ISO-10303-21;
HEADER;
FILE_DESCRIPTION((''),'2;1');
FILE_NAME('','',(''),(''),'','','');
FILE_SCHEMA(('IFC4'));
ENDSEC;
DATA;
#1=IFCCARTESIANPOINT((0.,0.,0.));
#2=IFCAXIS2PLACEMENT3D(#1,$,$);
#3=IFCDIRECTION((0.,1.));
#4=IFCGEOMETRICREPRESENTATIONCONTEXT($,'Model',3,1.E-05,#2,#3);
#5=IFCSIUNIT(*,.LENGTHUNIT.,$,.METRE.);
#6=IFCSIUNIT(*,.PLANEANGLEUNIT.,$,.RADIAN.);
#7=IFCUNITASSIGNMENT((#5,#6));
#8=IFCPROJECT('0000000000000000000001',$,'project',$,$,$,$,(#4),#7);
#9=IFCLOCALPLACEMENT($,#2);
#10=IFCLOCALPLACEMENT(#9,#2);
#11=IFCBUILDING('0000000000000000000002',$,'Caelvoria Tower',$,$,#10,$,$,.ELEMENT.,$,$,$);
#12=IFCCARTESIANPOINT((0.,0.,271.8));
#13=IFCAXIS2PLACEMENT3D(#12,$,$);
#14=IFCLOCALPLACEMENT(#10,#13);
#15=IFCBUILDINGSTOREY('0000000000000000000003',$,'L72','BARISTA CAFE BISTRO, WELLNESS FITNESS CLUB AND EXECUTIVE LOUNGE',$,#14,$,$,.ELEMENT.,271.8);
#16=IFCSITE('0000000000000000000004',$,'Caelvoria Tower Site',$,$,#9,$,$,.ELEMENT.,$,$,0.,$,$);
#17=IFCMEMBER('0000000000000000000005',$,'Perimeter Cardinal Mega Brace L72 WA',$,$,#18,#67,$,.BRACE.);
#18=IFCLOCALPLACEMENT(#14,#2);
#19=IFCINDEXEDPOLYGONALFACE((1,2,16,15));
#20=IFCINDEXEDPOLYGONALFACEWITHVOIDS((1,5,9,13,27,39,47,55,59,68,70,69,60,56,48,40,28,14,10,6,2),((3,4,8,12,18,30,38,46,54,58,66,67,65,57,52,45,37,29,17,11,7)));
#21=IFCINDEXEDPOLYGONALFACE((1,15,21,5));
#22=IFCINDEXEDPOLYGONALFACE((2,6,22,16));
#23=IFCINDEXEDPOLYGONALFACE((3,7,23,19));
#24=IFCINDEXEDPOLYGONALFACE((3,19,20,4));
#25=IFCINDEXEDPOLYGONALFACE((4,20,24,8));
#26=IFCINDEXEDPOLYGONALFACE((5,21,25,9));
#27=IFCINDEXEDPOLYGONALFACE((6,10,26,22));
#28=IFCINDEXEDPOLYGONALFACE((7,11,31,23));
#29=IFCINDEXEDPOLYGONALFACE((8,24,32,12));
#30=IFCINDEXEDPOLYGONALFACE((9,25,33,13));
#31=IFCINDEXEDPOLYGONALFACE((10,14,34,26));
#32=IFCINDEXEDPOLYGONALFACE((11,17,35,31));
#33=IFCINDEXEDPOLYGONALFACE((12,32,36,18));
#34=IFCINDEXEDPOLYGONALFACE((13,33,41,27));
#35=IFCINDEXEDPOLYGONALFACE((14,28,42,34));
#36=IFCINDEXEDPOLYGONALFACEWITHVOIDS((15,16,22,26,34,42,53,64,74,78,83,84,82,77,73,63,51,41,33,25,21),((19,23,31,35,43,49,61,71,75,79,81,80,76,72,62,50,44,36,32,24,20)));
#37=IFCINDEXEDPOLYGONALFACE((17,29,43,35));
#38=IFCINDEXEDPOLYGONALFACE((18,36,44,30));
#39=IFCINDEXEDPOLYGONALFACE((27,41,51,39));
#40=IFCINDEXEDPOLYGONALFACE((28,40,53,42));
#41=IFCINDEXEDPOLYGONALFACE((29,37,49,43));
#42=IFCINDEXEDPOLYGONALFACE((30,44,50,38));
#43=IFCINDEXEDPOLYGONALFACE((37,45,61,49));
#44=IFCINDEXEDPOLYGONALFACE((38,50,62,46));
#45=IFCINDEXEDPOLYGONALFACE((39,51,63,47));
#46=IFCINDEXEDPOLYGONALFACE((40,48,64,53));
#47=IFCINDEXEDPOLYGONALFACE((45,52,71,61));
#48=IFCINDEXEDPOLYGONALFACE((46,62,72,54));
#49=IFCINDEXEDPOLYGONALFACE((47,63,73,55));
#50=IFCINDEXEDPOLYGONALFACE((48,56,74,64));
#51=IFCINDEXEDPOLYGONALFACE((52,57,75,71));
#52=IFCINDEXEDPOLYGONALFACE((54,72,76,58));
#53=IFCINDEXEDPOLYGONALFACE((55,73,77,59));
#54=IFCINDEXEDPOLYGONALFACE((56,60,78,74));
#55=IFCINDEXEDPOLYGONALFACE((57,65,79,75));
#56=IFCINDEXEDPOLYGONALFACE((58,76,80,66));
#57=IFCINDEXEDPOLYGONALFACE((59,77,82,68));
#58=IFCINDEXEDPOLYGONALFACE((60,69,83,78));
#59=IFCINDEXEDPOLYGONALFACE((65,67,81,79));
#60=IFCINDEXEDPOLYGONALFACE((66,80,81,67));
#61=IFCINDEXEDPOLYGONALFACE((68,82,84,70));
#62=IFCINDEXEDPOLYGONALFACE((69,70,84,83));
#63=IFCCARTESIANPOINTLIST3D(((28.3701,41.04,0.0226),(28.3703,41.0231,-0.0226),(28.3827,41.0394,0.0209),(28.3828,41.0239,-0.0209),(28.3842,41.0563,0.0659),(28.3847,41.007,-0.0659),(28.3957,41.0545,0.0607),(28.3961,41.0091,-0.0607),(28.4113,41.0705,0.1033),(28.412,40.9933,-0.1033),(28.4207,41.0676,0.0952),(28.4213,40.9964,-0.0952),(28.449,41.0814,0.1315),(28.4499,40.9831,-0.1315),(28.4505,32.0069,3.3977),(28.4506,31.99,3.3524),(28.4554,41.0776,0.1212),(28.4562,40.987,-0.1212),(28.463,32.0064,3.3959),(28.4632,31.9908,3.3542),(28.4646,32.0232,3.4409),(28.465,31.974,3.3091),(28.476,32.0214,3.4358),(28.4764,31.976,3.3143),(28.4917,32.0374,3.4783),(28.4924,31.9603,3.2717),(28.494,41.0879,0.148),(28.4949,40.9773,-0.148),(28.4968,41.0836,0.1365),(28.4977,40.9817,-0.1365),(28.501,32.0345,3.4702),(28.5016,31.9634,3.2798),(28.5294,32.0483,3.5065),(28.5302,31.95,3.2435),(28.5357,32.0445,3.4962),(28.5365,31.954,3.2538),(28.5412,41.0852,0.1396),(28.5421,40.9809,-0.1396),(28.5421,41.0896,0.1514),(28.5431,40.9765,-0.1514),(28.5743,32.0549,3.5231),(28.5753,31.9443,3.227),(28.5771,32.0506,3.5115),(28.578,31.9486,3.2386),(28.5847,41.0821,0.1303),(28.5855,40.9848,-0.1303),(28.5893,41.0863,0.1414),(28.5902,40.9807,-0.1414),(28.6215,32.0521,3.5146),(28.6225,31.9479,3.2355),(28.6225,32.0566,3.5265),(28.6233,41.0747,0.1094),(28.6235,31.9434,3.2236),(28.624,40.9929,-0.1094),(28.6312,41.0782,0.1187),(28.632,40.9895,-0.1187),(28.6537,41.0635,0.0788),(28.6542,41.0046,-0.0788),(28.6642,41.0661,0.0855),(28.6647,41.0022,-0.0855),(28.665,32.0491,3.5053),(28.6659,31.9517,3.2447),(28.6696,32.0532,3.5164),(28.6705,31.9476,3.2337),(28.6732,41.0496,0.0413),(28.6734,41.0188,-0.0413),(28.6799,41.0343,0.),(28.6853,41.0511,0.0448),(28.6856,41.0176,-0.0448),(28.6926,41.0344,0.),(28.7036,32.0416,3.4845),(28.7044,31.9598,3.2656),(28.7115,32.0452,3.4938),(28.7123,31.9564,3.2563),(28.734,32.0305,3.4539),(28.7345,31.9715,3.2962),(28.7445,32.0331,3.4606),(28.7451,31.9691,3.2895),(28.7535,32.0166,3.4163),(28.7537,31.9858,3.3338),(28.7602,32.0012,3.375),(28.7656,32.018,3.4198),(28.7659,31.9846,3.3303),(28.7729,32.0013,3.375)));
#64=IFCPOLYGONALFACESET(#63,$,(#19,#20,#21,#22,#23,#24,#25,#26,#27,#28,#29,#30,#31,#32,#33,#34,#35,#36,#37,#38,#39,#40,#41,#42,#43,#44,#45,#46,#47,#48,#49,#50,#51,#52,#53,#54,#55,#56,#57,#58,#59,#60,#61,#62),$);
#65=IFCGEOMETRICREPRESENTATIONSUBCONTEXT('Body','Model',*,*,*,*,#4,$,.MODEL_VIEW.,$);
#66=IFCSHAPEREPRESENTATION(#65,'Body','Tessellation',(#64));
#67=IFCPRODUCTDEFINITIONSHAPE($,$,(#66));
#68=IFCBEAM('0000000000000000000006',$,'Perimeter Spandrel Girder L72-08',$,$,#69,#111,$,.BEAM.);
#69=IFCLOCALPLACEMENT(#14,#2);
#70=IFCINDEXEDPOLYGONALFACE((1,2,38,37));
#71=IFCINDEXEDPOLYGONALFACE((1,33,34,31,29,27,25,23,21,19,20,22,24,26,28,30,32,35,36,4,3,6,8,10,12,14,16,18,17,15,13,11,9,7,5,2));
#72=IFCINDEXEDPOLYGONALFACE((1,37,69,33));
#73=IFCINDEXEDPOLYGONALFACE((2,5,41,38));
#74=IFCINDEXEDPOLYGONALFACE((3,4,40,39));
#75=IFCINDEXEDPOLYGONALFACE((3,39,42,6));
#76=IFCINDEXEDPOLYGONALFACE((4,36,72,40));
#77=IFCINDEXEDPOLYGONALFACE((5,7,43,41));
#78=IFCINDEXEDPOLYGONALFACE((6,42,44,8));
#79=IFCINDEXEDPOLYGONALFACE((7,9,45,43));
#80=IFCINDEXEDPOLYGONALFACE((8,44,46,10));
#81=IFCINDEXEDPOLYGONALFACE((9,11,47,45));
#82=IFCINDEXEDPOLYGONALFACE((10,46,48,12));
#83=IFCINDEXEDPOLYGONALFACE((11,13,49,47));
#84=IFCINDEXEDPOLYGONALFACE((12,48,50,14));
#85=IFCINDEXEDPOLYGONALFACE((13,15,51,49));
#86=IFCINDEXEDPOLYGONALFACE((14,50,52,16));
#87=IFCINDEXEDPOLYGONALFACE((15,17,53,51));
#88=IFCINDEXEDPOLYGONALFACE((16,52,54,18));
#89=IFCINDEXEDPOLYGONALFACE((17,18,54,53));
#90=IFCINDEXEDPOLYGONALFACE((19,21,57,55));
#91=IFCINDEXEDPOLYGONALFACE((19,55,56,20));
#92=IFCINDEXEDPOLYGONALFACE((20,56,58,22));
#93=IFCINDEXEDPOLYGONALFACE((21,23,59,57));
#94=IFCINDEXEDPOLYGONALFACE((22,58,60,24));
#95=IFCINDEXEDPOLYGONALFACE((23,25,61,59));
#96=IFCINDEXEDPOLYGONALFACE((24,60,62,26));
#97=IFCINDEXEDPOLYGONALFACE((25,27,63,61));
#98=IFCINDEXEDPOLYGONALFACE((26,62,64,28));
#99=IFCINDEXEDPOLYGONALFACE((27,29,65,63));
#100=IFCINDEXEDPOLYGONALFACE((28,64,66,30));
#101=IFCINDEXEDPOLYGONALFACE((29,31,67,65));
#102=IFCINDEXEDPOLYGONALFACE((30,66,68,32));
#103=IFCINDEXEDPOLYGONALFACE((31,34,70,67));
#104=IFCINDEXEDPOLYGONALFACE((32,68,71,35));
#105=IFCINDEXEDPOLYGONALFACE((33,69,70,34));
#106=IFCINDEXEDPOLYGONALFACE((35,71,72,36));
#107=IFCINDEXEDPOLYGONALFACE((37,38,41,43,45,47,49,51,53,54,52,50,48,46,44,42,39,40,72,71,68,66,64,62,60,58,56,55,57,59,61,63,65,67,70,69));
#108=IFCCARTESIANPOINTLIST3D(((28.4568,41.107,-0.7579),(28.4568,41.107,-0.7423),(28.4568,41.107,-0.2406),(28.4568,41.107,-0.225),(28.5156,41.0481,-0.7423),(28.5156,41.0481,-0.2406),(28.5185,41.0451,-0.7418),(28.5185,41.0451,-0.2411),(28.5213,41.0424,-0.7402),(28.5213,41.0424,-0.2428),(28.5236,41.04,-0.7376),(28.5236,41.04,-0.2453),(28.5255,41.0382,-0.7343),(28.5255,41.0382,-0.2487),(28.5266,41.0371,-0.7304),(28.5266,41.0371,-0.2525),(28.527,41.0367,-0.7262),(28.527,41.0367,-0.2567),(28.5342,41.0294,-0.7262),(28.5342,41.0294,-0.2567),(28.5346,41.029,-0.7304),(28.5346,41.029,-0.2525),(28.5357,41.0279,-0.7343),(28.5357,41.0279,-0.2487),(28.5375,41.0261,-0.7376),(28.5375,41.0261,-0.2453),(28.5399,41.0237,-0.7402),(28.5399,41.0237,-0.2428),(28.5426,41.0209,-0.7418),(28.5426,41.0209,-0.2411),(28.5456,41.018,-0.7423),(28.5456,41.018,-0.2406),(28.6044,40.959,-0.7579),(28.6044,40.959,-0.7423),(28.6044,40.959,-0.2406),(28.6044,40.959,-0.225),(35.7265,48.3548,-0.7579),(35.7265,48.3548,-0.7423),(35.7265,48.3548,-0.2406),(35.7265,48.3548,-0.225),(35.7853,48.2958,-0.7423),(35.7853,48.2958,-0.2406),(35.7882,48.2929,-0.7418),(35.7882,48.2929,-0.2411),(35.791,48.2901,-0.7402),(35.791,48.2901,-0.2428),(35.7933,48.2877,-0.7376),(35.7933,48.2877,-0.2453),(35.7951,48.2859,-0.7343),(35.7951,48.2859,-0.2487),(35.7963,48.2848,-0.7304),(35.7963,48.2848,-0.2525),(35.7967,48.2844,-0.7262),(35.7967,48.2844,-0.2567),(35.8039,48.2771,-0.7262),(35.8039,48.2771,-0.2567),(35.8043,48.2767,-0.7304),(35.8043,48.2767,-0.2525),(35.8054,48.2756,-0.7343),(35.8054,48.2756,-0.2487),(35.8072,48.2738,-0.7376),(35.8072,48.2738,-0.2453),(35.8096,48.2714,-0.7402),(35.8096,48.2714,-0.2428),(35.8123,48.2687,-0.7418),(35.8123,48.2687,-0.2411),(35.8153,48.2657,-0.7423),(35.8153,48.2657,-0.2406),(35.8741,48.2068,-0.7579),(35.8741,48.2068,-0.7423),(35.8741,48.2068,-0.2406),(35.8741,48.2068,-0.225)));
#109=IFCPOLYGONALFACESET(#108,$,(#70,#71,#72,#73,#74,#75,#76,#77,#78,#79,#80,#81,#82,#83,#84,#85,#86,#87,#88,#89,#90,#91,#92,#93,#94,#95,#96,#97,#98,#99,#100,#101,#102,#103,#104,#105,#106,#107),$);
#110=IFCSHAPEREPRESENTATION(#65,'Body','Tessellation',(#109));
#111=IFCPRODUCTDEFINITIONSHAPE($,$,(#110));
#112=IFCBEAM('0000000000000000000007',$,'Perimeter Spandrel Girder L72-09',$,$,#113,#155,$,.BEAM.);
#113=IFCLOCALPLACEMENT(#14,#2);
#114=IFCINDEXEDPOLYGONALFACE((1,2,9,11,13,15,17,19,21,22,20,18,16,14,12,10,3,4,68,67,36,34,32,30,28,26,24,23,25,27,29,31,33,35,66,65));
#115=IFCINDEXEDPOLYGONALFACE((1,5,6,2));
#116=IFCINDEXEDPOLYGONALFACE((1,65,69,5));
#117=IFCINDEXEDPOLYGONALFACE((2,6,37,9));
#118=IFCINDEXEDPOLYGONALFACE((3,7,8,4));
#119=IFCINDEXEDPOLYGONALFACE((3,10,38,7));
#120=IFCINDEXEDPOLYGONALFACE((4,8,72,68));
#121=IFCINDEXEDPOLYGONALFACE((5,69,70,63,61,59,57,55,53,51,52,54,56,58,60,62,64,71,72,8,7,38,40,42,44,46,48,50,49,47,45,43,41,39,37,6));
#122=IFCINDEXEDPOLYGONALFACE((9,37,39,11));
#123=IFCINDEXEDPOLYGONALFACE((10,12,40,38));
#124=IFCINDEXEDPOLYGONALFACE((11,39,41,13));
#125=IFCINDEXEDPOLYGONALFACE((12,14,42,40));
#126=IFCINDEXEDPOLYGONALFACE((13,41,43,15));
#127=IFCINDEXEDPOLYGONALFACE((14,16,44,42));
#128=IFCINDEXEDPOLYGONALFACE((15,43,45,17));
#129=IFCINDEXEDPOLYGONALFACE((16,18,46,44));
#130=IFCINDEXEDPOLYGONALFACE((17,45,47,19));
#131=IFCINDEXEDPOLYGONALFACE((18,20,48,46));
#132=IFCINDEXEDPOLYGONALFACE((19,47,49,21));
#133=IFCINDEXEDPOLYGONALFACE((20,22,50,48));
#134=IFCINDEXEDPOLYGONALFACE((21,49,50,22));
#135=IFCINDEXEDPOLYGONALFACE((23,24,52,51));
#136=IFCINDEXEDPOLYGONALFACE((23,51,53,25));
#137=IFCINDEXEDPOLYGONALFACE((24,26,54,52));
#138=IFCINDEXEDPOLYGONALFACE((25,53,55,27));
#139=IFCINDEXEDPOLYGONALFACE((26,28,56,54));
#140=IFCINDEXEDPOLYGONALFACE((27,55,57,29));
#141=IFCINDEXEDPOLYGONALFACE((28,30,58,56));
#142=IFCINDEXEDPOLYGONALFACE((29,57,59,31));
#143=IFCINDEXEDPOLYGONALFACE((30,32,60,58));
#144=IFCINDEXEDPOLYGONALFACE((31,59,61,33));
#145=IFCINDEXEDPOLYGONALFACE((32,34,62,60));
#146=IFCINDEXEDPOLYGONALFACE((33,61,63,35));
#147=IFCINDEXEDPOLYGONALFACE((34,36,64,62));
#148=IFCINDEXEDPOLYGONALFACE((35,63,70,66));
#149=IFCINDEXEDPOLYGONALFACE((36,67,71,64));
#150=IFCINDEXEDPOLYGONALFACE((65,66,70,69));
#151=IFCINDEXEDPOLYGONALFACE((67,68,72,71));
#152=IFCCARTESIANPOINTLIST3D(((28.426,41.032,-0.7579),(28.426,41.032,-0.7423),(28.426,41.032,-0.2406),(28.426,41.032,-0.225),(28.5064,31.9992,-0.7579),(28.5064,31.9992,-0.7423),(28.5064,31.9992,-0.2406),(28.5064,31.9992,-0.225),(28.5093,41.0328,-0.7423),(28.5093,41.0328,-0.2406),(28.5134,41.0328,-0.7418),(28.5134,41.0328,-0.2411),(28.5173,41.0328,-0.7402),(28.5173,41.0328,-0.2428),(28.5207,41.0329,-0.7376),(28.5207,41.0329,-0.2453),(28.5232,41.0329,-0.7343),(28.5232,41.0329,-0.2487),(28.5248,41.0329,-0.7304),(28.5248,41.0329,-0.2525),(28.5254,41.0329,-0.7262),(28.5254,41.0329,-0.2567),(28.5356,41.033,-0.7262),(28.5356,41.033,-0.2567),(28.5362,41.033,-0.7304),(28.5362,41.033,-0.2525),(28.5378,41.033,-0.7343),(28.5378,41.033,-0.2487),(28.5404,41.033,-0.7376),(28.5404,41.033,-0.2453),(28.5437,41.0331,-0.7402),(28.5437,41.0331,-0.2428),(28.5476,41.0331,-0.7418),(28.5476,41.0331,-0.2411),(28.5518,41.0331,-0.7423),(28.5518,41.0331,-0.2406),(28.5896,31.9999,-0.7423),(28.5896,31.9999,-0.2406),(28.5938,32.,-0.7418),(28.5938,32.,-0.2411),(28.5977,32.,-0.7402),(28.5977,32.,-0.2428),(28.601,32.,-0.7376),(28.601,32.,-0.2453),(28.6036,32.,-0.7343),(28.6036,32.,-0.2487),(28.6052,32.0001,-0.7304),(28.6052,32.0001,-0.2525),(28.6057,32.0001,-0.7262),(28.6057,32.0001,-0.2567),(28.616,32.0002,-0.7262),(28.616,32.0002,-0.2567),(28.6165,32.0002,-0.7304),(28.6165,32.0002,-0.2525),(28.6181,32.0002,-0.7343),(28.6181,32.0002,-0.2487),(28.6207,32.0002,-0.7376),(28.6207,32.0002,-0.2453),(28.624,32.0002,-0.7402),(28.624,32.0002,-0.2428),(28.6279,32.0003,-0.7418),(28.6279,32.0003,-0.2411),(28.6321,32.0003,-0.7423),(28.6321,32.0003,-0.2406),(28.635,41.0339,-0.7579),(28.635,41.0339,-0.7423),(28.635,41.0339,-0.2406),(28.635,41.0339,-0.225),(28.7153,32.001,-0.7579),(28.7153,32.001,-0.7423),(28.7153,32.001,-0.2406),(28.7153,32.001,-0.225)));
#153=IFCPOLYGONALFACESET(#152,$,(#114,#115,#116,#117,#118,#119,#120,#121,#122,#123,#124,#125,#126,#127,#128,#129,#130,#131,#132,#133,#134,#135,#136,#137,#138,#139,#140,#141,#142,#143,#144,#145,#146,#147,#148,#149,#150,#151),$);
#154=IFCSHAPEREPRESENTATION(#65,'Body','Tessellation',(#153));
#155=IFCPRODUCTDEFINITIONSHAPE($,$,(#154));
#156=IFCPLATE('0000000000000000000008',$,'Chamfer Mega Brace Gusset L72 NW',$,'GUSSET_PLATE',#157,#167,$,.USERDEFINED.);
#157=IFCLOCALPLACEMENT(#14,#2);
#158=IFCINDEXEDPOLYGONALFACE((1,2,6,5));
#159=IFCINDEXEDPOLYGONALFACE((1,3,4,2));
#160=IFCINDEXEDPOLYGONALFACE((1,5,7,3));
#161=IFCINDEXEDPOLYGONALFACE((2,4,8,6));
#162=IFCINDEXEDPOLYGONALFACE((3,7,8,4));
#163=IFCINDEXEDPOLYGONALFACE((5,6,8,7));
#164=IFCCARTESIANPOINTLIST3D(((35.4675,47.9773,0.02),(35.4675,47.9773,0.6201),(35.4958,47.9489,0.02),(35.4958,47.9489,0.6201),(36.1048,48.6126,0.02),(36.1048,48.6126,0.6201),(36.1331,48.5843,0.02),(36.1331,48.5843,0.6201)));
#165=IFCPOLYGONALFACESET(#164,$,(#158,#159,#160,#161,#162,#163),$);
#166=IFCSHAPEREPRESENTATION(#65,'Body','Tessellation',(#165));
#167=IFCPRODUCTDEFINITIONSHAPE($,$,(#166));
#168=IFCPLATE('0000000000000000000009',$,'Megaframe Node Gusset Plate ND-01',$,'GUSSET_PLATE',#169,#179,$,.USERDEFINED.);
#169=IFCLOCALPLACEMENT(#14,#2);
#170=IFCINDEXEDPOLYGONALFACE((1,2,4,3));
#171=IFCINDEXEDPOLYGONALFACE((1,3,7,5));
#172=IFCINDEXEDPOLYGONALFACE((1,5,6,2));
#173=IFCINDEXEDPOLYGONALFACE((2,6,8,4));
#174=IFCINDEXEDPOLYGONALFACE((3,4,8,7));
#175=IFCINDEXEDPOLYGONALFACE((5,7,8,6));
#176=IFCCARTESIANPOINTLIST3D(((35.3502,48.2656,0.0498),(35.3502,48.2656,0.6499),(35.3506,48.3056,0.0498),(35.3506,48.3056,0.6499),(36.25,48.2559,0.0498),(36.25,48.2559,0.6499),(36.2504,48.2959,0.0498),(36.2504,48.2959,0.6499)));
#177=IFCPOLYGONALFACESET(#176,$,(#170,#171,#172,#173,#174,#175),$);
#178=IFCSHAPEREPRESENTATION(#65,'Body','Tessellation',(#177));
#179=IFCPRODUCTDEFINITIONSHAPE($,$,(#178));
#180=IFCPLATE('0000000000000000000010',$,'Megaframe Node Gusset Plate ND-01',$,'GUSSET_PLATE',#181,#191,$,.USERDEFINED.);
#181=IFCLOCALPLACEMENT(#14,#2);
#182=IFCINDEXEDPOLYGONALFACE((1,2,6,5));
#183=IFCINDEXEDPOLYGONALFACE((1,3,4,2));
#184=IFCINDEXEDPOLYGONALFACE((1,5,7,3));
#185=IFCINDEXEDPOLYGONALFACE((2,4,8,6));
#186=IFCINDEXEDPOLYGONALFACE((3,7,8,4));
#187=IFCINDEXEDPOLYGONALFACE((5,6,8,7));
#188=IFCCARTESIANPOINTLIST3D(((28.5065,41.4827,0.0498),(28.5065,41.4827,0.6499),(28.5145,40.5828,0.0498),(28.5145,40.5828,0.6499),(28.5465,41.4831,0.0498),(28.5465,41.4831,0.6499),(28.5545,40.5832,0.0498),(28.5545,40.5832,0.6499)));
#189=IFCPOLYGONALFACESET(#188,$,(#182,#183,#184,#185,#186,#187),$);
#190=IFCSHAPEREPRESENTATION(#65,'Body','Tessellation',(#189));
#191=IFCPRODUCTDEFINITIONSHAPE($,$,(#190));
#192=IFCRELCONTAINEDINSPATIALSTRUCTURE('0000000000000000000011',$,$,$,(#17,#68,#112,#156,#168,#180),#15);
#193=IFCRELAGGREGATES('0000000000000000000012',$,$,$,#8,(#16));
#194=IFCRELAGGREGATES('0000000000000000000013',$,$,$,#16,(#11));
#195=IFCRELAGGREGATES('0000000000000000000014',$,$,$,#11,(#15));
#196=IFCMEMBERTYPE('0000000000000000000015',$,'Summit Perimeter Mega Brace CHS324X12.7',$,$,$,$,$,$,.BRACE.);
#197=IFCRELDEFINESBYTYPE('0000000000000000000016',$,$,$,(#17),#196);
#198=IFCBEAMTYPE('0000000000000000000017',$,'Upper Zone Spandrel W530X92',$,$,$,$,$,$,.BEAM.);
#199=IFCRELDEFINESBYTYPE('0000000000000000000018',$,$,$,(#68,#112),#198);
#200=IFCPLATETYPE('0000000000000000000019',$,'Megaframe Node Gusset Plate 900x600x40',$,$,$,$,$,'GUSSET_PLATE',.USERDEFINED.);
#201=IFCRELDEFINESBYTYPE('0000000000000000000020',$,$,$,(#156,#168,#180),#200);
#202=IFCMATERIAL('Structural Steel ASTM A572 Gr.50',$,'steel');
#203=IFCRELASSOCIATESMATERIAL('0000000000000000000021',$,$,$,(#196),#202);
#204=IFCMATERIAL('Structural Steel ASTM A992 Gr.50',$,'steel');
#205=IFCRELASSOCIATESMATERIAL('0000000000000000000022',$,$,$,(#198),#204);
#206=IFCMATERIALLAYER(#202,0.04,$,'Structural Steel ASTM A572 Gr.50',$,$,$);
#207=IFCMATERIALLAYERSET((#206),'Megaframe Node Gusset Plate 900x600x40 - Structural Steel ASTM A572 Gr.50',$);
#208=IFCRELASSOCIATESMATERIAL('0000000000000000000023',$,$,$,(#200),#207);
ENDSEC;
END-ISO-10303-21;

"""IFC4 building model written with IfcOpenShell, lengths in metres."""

from ifc_helpers import new_model, si_unit, direction, frame, origin, origin_2d, place, context, subcontext, project, spatial, rectangle, hollow_circle, i_section, extrude, material, layer, layer_set, material_profile, profile_set, type_object, element, save


model = new_model("IFC4")

# Units and contexts
model_context = context("Model", 3, precision=1e-05, world=origin(), true_north=direction((0.0, 1.0)))
body_context = subcontext(model_context, "Body", "Model", "MODEL_VIEW")
ifc_project = project(units=[si_unit("LENGTHUNIT", "METRE"), si_unit("PLANEANGLEUNIT", "RADIAN")], contexts=[model_context])

# Site, building, storey
site_placement = place(None, origin())
site = spatial("IfcSite", under=ifc_project, at=site_placement, Name="Caelvoria Tower Site", CompositionType="ELEMENT", RefElevation=0.0)
building_placement = place(site_placement, origin())
building = spatial("IfcBuilding", under=site, at=building_placement, Name="Caelvoria Tower", CompositionType="ELEMENT")
storey_placement = place(building_placement, frame((0.0, 0.0, 271.8)))
storey = spatial("IfcBuildingStorey", under=building, at=storey_placement, Name="L72", Description="BARISTA CAFE BISTRO, WELLNESS FITNESS CLUB AND EXECUTIVE LOUNGE", CompositionType="ELEMENT", Elevation=271.8)

# Shared definitions
ifc_material_1 = material(Name="Structural Steel ASTM A572 Gr.50", Category="steel")

# Shared definitions
ifc_material_2 = material(Name="Structural Steel ASTM A992 Gr.50", Category="steel")

# Member
ifc_material_profile_1 = material_profile(ifc_material_1, hollow_circle(Radius=0.1621, WallThickness=0.0127, at=origin_2d()), Name="Structural Steel ASTM A572 Gr.50")
ifc_profile_set_1 = profile_set([ifc_material_profile_1], Name="CHS324X12.7 - Structural Steel ASTM A572 Gr.50")
member_type = type_object("IfcMemberType", Name="Summit Perimeter Mega Brace CHS324X12.7", PredefinedType="BRACE", material=ifc_profile_set_1)
member_1_placement = place(storey_placement, frame((28.5305, 41.033, 0.0), z_axis=(0.008329, -0.936717, 0.349987), x_axis=(0.99996, 0.008892, 0.0)))
element("IfcMember", 1, at=member_1_placement, inside=storey, type_object=member_type, Name="Perimeter Cardinal Mega Brace L72 WA", PredefinedType="BRACE", context=body_context, shape_type="SweptSolid", body=[
    extrude(hollow_circle(Radius=0.1621, WallThickness=0.0127, at=origin_2d()), origin(), (0.0, 0.0, 1.0), 9.6433),
])

# Beams
ifc_material_profile_2 = material_profile(ifc_material_2, i_section(OverallWidth=0.209, OverallDepth=0.533, WebThickness=0.0103, FlangeThickness=0.0156, FilletRadius=0.0161, at=origin_2d()), Name="Structural Steel ASTM A992 Gr.50")
ifc_profile_set_2 = profile_set([ifc_material_profile_2], Name="W530X92 - Structural Steel ASTM A992 Gr.50")
beam_type_1 = type_object("IfcBeamType", Name="Upper Zone Spandrel W530X92", PredefinedType="BEAM", material=ifc_profile_set_2)
beam_1_placement = place(storey_placement, frame((35.8003, 48.2808, -0.4915), z_axis=(-0.708176, -0.706036, 0.0), x_axis=(0.706036, -0.708176, 0.0)))
element("IfcBeam", 2, at=beam_1_placement, inside=storey, type_object=beam_type_1, Name="Perimeter Spandrel Girder L72-08", PredefinedType="BEAM", context=body_context, shape_type="SweptSolid", body=[
    extrude(i_section(OverallWidth=0.209, OverallDepth=0.533, WebThickness=0.0103, FlangeThickness=0.0156, FilletRadius=0.0161, at=origin_2d()), origin(), (0.0, 0.0, 1.0), 10.2654),
])
beam_2_placement = place(storey_placement, frame((28.5305, 41.033, -0.4915), z_axis=(0.008892, -0.99996, 0.0), x_axis=(0.99996, 0.008892, 0.0)))
element("IfcBeam", 3, at=beam_2_placement, inside=storey, type_object=beam_type_1, Name="Perimeter Spandrel Girder L72-09", PredefinedType="BEAM", context=body_context, shape_type="SweptSolid", body=[
    extrude(i_section(OverallWidth=0.209, OverallDepth=0.533, WebThickness=0.0103, FlangeThickness=0.0156, FilletRadius=0.0161, at=origin_2d()), origin(), (0.0, 0.0, 1.0), 9.0332),
])

# Plates
ifc_layer_1 = layer(ifc_material_1, 0.04, Name="Structural Steel ASTM A572 Gr.50")
ifc_layer_set_1 = layer_set([ifc_layer_1], Name="Megaframe Node Gusset Plate 900x600x40 - Structural Steel ASTM A572 Gr.50")
plate_type = type_object("IfcPlateType", Name="Megaframe Node Gusset Plate 900x600x40", ElementType="GUSSET_PLATE", PredefinedType="USERDEFINED", material=ifc_layer_set_1)
for number, where, z_axis, x_axis, name in (
    (4, (35.8003, 48.2808, 0.02), (0.0, 0.0, 1.0), (-0.708182, -0.70603, 0.0), "Chamfer Mega Brace Gusset L72 NW"),
    (5, (35.8003, 48.2808, 0.0498), (0.0, 0.0, 1.0), (0.999942, -0.010765, 0.0), "Megaframe Node Gusset Plate ND-01"),
    (6, (28.5305, 41.033, 0.0498), (0.0, 0.0, 1.0), (0.008901, -0.99996, 0.0), "Megaframe Node Gusset Plate ND-01"),
):
    element("IfcPlate", number, at=place(storey_placement, frame(where, z_axis=z_axis, x_axis=x_axis)), inside=storey, type_object=plate_type, Name=name, ObjectType="GUSSET_PLATE", PredefinedType="USERDEFINED", context=body_context, shape_type="SweptSolid", body=[
        extrude(rectangle(XDim=0.8999, YDim=0.04, at=origin_2d()), origin(), (0.0, 0.0, 1.0), 0.6001),
    ])

save(model, "model.ifc")
